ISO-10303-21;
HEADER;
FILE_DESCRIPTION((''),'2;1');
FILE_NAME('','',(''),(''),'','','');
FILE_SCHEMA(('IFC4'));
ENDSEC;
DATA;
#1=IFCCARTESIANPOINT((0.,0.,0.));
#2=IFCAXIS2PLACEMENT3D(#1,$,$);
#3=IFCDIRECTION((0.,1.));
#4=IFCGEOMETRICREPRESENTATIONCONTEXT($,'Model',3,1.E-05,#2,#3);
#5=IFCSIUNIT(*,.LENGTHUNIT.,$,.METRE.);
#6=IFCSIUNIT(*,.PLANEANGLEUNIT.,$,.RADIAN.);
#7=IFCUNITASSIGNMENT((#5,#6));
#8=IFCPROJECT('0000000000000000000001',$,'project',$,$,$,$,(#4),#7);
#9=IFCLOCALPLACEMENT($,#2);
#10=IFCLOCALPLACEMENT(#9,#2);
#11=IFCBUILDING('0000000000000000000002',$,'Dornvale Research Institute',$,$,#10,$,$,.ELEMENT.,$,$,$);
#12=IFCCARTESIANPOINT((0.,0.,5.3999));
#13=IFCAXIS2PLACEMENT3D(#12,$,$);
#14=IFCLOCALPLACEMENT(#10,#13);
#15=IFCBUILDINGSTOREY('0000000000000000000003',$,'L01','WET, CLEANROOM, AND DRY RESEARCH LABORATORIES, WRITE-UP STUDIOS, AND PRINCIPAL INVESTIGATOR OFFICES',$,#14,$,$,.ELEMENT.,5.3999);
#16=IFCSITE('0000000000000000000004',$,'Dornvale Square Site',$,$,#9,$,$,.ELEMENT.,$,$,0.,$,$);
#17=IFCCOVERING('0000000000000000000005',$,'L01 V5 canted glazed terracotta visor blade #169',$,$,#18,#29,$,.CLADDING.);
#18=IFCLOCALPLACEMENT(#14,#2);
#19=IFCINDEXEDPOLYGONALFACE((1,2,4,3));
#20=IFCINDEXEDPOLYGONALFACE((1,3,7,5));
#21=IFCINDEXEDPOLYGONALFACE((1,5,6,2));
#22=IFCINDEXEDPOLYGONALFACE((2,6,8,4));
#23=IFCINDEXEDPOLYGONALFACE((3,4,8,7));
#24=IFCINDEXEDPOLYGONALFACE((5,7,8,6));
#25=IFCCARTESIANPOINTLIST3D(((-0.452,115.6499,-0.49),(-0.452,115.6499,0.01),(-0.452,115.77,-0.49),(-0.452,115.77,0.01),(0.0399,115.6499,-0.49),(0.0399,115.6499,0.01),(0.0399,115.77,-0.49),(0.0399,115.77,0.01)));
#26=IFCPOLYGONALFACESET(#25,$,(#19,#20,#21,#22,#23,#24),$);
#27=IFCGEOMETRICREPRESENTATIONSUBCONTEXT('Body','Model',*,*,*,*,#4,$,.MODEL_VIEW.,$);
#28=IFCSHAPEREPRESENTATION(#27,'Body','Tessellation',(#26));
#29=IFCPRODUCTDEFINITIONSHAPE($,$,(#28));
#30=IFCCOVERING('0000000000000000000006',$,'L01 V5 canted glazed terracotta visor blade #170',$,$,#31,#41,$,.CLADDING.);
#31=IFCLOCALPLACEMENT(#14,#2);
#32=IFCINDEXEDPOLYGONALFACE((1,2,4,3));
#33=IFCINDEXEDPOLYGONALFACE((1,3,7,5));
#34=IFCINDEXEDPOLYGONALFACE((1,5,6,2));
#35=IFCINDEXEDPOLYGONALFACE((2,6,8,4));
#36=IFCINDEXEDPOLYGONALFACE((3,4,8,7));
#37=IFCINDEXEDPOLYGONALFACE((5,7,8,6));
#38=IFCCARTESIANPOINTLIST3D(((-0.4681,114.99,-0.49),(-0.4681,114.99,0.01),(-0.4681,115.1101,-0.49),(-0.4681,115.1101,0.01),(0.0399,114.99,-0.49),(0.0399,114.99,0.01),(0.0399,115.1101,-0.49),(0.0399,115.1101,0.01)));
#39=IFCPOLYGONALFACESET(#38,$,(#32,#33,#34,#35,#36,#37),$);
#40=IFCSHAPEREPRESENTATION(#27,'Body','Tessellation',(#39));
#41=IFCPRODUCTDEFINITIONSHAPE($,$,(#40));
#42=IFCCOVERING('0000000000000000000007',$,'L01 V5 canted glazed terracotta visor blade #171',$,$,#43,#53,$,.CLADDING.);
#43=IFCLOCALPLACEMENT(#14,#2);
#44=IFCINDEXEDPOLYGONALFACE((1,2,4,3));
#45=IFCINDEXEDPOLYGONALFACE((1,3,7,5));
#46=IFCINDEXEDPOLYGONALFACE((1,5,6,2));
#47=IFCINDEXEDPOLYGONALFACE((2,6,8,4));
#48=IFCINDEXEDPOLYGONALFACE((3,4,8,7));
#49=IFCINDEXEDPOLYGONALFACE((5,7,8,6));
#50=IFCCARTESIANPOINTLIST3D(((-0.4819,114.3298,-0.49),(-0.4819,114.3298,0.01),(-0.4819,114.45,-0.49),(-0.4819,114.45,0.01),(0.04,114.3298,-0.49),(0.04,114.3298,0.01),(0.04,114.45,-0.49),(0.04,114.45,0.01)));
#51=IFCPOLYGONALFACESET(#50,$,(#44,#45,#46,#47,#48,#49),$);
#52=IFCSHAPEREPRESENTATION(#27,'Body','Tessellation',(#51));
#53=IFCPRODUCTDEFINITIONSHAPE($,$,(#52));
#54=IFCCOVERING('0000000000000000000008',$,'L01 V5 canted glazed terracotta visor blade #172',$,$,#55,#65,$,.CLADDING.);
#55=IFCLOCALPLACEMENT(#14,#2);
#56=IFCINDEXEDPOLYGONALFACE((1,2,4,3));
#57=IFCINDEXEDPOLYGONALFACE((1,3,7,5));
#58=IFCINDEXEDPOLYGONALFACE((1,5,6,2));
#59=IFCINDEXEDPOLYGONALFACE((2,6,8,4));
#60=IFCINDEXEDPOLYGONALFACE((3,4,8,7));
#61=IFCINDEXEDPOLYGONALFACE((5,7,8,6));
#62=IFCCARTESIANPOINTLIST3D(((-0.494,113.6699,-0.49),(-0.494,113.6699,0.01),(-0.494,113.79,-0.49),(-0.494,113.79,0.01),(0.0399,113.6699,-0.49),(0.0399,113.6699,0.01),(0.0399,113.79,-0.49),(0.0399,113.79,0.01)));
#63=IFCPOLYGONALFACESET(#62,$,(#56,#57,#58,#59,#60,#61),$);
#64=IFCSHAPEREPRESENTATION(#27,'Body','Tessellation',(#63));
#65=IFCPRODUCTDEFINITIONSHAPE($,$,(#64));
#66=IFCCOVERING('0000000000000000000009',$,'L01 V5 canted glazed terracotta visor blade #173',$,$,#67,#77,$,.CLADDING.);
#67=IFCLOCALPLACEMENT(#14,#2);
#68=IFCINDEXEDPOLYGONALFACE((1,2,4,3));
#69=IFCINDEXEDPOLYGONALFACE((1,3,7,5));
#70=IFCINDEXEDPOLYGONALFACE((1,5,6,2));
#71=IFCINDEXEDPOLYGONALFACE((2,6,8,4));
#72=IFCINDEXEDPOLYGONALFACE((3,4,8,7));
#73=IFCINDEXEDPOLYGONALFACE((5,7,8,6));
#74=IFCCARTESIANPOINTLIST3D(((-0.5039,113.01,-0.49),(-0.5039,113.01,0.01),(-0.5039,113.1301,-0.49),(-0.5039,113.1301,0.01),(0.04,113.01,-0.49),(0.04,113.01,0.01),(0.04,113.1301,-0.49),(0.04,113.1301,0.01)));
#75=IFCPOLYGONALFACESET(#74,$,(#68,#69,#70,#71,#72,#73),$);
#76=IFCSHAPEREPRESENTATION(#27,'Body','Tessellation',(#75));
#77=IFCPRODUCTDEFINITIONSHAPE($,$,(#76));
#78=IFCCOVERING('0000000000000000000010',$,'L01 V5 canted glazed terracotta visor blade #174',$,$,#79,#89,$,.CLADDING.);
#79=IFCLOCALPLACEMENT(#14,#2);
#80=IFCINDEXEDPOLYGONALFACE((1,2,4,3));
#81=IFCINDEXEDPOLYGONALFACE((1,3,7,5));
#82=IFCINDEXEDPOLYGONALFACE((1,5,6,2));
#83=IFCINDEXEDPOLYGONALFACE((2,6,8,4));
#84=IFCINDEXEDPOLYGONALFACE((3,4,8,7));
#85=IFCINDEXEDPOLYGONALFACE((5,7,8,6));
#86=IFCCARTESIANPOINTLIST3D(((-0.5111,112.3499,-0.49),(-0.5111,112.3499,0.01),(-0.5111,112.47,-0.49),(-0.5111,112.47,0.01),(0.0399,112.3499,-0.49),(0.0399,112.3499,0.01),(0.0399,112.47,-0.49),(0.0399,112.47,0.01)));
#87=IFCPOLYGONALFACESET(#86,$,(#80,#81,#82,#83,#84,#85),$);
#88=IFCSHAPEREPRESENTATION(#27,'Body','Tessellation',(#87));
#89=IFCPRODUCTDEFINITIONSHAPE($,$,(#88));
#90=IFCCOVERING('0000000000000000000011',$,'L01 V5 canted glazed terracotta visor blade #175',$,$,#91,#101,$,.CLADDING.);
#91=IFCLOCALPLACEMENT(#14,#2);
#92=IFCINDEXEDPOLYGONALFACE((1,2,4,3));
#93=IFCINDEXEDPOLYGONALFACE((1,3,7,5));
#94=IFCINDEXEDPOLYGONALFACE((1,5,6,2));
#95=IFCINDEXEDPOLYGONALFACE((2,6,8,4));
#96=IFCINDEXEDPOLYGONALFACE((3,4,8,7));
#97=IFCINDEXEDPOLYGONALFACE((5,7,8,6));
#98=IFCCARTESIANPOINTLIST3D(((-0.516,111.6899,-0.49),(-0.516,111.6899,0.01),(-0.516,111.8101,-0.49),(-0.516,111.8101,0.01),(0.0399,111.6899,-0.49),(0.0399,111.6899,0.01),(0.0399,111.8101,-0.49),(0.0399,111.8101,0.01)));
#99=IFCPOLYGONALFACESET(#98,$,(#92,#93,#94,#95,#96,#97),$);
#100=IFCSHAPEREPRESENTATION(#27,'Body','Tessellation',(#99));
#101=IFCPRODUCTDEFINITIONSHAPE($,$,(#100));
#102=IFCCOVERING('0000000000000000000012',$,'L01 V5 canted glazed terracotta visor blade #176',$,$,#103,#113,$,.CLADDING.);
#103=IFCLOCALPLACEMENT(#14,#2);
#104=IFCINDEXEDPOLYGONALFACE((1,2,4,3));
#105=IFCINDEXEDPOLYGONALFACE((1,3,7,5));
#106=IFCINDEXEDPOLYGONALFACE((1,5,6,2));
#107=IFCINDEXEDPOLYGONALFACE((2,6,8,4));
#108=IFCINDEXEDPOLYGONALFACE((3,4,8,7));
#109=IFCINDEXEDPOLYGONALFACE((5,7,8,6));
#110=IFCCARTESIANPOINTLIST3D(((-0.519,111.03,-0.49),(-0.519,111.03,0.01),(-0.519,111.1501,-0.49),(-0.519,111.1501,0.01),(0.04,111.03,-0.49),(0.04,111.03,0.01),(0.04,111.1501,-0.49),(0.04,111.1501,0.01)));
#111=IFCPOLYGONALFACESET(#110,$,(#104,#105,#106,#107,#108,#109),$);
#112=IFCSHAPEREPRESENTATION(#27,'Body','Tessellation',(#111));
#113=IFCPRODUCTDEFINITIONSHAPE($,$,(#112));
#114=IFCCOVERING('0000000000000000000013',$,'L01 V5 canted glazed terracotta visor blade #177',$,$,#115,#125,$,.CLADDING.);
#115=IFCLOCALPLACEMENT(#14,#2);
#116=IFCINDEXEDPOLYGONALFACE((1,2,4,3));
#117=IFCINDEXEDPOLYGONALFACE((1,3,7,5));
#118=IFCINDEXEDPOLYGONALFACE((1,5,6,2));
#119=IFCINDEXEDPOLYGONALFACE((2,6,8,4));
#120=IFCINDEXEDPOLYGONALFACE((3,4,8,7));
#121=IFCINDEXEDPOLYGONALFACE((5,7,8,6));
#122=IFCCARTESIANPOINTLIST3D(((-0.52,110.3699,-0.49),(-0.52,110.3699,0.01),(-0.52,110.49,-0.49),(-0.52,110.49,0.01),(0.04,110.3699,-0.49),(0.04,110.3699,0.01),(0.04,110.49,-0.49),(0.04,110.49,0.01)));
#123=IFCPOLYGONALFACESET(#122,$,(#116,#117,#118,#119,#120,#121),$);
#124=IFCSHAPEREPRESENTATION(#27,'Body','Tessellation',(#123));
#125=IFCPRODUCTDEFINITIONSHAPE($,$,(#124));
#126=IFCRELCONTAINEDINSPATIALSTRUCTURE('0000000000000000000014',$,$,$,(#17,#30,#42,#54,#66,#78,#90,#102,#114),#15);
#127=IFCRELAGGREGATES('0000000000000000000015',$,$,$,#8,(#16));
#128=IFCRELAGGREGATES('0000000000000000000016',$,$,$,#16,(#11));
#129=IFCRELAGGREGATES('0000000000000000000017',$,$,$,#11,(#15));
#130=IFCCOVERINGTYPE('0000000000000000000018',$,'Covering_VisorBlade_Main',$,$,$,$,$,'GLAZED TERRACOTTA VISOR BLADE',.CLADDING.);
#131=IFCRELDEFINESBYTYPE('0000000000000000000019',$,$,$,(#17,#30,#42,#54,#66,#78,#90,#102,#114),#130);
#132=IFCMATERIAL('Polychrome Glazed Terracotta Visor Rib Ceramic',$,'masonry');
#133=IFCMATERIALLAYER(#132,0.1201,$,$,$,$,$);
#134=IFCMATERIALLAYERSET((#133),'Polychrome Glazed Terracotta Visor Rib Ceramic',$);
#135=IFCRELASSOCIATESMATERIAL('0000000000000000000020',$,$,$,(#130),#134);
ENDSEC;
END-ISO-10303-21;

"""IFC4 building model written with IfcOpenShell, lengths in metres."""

from ifc_helpers import new_model, si_unit, direction, frame, origin, origin_2d, place, context, subcontext, project, spatial, rectangle, extrude, material, layer, layer_set, type_object, element, save


model = new_model("IFC4")

# Units and contexts
model_context = context("Model", 3, precision=1e-05, world=origin(), true_north=direction((0.0, 1.0)))
body_context = subcontext(model_context, "Body", "Model", "MODEL_VIEW")
ifc_project = project(units=[si_unit("LENGTHUNIT", "METRE"), si_unit("PLANEANGLEUNIT", "RADIAN")], contexts=[model_context])

# Site, building, storey
site_placement = place(None, origin())
site = spatial("IfcSite", under=ifc_project, at=site_placement, Name="Dornvale Square Site", CompositionType="ELEMENT", RefElevation=0.0)
building_placement = place(site_placement, origin())
building = spatial("IfcBuilding", under=site, at=building_placement, Name="Dornvale Research Institute", CompositionType="ELEMENT")
storey_placement = place(building_placement, frame((0.0, 0.0, 5.3999)))
storey = spatial("IfcBuildingStorey", under=building, at=storey_placement, Name="L01", Description="WET, CLEANROOM, AND DRY RESEARCH LABORATORIES, WRITE-UP STUDIOS, AND PRINCIPAL INVESTIGATOR OFFICES", CompositionType="ELEMENT", Elevation=5.3999)

# Coverings
ifc_material_1 = material(Name="Polychrome Glazed Terracotta Visor Rib Ceramic", Category="masonry")
ifc_layer_1 = layer(ifc_material_1, 0.1201)
ifc_layer_set_1 = layer_set([ifc_layer_1], Name="Polychrome Glazed Terracotta Visor Rib Ceramic")
covering_type = type_object("IfcCoveringType", Name="Covering_VisorBlade_Main", ElementType="GLAZED TERRACOTTA VISOR BLADE", PredefinedType="CLADDING", material=ifc_layer_set_1)
covering_1_placement = place(storey_placement, frame((-0.2061, 115.71, -0.49), z_axis=(0.0, 0.0, 1.0), x_axis=(1.0, 0.0, 0.0)))
element("IfcCovering", 1, at=covering_1_placement, inside=storey, type_object=covering_type, Name="L01 V5 canted glazed terracotta visor blade #169", PredefinedType="CLADDING", context=body_context, shape_type="SweptSolid", body=[
    extrude(rectangle(XDim=0.4919, YDim=0.1201, at=origin_2d()), origin(), (0.0, 0.0, 1.0), 0.5),
])
covering_2_placement = place(storey_placement, frame((-0.2141, 115.05, -0.49), z_axis=(0.0, 0.0, 1.0), x_axis=(1.0, 0.0, 0.0)))
element("IfcCovering", 2, at=covering_2_placement, inside=storey, type_object=covering_type, Name="L01 V5 canted glazed terracotta visor blade #170", PredefinedType="CLADDING", context=body_context, shape_type="SweptSolid", body=[
    extrude(rectangle(XDim=0.5081, YDim=0.1201, at=origin_2d()), origin(), (0.0, 0.0, 1.0), 0.5),
])
covering_3_placement = place(storey_placement, frame((-0.2209, 114.3899, -0.49), z_axis=(0.0, 0.0, 1.0), x_axis=(1.0, 0.0, 0.0)))
element("IfcCovering", 3, at=covering_3_placement, inside=storey, type_object=covering_type, Name="L01 V5 canted glazed terracotta visor blade #171", PredefinedType="CLADDING", context=body_context, shape_type="SweptSolid", body=[
    extrude(rectangle(XDim=0.522, YDim=0.1201, at=origin_2d()), origin(), (0.0, 0.0, 1.0), 0.5),
])
covering_4_placement = place(storey_placement, frame((-0.2271, 113.73, -0.49), z_axis=(0.0, 0.0, 1.0), x_axis=(1.0, 0.0, 0.0)))
element("IfcCovering", 4, at=covering_4_placement, inside=storey, type_object=covering_type, Name="L01 V5 canted glazed terracotta visor blade #172", PredefinedType="CLADDING", context=body_context, shape_type="SweptSolid", body=[
    extrude(rectangle(XDim=0.5339, YDim=0.1201, at=origin_2d()), origin(), (0.0, 0.0, 1.0), 0.5),
])
covering_5_placement = place(storey_placement, frame((-0.2319, 113.0701, -0.49), z_axis=(0.0, 0.0, 1.0), x_axis=(1.0, 0.0, 0.0)))
element("IfcCovering", 5, at=covering_5_placement, inside=storey, type_object=covering_type, Name="L01 V5 canted glazed terracotta visor blade #173", PredefinedType="CLADDING", context=body_context, shape_type="SweptSolid", body=[
    extrude(rectangle(XDim=0.5439, YDim=0.1201, at=origin_2d()), origin(), (0.0, 0.0, 1.0), 0.5),
])
covering_6_placement = place(storey_placement, frame((-0.2356, 112.4099, -0.49), z_axis=(0.0, 0.0, 1.0), x_axis=(1.0, 0.0, 0.0)))
element("IfcCovering", 6, at=covering_6_placement, inside=storey, type_object=covering_type, Name="L01 V5 canted glazed terracotta visor blade #174", PredefinedType="CLADDING", context=body_context, shape_type="SweptSolid", body=[
    extrude(rectangle(XDim=0.551, YDim=0.1201, at=origin_2d()), origin(), (0.0, 0.0, 1.0), 0.5),
])
covering_7_placement = place(storey_placement, frame((-0.238, 111.75, -0.49), z_axis=(0.0, 0.0, 1.0), x_axis=(1.0, 0.0, 0.0)))
element("IfcCovering", 7, at=covering_7_placement, inside=storey, type_object=covering_type, Name="L01 V5 canted glazed terracotta visor blade #175", PredefinedType="CLADDING", context=body_context, shape_type="SweptSolid", body=[
    extrude(rectangle(XDim=0.5559, YDim=0.1201, at=origin_2d()), origin(), (0.0, 0.0, 1.0), 0.5),
])
covering_8_placement = place(storey_placement, frame((-0.2395, 111.0901, -0.49), z_axis=(0.0, 0.0, 1.0), x_axis=(1.0, 0.0, 0.0)))
element("IfcCovering", 8, at=covering_8_placement, inside=storey, type_object=covering_type, Name="L01 V5 canted glazed terracotta visor blade #176", PredefinedType="CLADDING", context=body_context, shape_type="SweptSolid", body=[
    extrude(rectangle(XDim=0.5591, YDim=0.1201, at=origin_2d()), origin(), (0.0, 0.0, 1.0), 0.5),
])
covering_9_placement = place(storey_placement, frame((-0.24, 110.4299, -0.49), z_axis=(0.0, 0.0, 1.0), x_axis=(1.0, 0.0, 0.0)))
element("IfcCovering", 9, at=covering_9_placement, inside=storey, type_object=covering_type, Name="L01 V5 canted glazed terracotta visor blade #177", PredefinedType="CLADDING", context=body_context, shape_type="SweptSolid", body=[
    extrude(rectangle(XDim=0.5601, YDim=0.1201, at=origin_2d()), origin(), (0.0, 0.0, 1.0), 0.5),
])

save(model, "model.ifc")
